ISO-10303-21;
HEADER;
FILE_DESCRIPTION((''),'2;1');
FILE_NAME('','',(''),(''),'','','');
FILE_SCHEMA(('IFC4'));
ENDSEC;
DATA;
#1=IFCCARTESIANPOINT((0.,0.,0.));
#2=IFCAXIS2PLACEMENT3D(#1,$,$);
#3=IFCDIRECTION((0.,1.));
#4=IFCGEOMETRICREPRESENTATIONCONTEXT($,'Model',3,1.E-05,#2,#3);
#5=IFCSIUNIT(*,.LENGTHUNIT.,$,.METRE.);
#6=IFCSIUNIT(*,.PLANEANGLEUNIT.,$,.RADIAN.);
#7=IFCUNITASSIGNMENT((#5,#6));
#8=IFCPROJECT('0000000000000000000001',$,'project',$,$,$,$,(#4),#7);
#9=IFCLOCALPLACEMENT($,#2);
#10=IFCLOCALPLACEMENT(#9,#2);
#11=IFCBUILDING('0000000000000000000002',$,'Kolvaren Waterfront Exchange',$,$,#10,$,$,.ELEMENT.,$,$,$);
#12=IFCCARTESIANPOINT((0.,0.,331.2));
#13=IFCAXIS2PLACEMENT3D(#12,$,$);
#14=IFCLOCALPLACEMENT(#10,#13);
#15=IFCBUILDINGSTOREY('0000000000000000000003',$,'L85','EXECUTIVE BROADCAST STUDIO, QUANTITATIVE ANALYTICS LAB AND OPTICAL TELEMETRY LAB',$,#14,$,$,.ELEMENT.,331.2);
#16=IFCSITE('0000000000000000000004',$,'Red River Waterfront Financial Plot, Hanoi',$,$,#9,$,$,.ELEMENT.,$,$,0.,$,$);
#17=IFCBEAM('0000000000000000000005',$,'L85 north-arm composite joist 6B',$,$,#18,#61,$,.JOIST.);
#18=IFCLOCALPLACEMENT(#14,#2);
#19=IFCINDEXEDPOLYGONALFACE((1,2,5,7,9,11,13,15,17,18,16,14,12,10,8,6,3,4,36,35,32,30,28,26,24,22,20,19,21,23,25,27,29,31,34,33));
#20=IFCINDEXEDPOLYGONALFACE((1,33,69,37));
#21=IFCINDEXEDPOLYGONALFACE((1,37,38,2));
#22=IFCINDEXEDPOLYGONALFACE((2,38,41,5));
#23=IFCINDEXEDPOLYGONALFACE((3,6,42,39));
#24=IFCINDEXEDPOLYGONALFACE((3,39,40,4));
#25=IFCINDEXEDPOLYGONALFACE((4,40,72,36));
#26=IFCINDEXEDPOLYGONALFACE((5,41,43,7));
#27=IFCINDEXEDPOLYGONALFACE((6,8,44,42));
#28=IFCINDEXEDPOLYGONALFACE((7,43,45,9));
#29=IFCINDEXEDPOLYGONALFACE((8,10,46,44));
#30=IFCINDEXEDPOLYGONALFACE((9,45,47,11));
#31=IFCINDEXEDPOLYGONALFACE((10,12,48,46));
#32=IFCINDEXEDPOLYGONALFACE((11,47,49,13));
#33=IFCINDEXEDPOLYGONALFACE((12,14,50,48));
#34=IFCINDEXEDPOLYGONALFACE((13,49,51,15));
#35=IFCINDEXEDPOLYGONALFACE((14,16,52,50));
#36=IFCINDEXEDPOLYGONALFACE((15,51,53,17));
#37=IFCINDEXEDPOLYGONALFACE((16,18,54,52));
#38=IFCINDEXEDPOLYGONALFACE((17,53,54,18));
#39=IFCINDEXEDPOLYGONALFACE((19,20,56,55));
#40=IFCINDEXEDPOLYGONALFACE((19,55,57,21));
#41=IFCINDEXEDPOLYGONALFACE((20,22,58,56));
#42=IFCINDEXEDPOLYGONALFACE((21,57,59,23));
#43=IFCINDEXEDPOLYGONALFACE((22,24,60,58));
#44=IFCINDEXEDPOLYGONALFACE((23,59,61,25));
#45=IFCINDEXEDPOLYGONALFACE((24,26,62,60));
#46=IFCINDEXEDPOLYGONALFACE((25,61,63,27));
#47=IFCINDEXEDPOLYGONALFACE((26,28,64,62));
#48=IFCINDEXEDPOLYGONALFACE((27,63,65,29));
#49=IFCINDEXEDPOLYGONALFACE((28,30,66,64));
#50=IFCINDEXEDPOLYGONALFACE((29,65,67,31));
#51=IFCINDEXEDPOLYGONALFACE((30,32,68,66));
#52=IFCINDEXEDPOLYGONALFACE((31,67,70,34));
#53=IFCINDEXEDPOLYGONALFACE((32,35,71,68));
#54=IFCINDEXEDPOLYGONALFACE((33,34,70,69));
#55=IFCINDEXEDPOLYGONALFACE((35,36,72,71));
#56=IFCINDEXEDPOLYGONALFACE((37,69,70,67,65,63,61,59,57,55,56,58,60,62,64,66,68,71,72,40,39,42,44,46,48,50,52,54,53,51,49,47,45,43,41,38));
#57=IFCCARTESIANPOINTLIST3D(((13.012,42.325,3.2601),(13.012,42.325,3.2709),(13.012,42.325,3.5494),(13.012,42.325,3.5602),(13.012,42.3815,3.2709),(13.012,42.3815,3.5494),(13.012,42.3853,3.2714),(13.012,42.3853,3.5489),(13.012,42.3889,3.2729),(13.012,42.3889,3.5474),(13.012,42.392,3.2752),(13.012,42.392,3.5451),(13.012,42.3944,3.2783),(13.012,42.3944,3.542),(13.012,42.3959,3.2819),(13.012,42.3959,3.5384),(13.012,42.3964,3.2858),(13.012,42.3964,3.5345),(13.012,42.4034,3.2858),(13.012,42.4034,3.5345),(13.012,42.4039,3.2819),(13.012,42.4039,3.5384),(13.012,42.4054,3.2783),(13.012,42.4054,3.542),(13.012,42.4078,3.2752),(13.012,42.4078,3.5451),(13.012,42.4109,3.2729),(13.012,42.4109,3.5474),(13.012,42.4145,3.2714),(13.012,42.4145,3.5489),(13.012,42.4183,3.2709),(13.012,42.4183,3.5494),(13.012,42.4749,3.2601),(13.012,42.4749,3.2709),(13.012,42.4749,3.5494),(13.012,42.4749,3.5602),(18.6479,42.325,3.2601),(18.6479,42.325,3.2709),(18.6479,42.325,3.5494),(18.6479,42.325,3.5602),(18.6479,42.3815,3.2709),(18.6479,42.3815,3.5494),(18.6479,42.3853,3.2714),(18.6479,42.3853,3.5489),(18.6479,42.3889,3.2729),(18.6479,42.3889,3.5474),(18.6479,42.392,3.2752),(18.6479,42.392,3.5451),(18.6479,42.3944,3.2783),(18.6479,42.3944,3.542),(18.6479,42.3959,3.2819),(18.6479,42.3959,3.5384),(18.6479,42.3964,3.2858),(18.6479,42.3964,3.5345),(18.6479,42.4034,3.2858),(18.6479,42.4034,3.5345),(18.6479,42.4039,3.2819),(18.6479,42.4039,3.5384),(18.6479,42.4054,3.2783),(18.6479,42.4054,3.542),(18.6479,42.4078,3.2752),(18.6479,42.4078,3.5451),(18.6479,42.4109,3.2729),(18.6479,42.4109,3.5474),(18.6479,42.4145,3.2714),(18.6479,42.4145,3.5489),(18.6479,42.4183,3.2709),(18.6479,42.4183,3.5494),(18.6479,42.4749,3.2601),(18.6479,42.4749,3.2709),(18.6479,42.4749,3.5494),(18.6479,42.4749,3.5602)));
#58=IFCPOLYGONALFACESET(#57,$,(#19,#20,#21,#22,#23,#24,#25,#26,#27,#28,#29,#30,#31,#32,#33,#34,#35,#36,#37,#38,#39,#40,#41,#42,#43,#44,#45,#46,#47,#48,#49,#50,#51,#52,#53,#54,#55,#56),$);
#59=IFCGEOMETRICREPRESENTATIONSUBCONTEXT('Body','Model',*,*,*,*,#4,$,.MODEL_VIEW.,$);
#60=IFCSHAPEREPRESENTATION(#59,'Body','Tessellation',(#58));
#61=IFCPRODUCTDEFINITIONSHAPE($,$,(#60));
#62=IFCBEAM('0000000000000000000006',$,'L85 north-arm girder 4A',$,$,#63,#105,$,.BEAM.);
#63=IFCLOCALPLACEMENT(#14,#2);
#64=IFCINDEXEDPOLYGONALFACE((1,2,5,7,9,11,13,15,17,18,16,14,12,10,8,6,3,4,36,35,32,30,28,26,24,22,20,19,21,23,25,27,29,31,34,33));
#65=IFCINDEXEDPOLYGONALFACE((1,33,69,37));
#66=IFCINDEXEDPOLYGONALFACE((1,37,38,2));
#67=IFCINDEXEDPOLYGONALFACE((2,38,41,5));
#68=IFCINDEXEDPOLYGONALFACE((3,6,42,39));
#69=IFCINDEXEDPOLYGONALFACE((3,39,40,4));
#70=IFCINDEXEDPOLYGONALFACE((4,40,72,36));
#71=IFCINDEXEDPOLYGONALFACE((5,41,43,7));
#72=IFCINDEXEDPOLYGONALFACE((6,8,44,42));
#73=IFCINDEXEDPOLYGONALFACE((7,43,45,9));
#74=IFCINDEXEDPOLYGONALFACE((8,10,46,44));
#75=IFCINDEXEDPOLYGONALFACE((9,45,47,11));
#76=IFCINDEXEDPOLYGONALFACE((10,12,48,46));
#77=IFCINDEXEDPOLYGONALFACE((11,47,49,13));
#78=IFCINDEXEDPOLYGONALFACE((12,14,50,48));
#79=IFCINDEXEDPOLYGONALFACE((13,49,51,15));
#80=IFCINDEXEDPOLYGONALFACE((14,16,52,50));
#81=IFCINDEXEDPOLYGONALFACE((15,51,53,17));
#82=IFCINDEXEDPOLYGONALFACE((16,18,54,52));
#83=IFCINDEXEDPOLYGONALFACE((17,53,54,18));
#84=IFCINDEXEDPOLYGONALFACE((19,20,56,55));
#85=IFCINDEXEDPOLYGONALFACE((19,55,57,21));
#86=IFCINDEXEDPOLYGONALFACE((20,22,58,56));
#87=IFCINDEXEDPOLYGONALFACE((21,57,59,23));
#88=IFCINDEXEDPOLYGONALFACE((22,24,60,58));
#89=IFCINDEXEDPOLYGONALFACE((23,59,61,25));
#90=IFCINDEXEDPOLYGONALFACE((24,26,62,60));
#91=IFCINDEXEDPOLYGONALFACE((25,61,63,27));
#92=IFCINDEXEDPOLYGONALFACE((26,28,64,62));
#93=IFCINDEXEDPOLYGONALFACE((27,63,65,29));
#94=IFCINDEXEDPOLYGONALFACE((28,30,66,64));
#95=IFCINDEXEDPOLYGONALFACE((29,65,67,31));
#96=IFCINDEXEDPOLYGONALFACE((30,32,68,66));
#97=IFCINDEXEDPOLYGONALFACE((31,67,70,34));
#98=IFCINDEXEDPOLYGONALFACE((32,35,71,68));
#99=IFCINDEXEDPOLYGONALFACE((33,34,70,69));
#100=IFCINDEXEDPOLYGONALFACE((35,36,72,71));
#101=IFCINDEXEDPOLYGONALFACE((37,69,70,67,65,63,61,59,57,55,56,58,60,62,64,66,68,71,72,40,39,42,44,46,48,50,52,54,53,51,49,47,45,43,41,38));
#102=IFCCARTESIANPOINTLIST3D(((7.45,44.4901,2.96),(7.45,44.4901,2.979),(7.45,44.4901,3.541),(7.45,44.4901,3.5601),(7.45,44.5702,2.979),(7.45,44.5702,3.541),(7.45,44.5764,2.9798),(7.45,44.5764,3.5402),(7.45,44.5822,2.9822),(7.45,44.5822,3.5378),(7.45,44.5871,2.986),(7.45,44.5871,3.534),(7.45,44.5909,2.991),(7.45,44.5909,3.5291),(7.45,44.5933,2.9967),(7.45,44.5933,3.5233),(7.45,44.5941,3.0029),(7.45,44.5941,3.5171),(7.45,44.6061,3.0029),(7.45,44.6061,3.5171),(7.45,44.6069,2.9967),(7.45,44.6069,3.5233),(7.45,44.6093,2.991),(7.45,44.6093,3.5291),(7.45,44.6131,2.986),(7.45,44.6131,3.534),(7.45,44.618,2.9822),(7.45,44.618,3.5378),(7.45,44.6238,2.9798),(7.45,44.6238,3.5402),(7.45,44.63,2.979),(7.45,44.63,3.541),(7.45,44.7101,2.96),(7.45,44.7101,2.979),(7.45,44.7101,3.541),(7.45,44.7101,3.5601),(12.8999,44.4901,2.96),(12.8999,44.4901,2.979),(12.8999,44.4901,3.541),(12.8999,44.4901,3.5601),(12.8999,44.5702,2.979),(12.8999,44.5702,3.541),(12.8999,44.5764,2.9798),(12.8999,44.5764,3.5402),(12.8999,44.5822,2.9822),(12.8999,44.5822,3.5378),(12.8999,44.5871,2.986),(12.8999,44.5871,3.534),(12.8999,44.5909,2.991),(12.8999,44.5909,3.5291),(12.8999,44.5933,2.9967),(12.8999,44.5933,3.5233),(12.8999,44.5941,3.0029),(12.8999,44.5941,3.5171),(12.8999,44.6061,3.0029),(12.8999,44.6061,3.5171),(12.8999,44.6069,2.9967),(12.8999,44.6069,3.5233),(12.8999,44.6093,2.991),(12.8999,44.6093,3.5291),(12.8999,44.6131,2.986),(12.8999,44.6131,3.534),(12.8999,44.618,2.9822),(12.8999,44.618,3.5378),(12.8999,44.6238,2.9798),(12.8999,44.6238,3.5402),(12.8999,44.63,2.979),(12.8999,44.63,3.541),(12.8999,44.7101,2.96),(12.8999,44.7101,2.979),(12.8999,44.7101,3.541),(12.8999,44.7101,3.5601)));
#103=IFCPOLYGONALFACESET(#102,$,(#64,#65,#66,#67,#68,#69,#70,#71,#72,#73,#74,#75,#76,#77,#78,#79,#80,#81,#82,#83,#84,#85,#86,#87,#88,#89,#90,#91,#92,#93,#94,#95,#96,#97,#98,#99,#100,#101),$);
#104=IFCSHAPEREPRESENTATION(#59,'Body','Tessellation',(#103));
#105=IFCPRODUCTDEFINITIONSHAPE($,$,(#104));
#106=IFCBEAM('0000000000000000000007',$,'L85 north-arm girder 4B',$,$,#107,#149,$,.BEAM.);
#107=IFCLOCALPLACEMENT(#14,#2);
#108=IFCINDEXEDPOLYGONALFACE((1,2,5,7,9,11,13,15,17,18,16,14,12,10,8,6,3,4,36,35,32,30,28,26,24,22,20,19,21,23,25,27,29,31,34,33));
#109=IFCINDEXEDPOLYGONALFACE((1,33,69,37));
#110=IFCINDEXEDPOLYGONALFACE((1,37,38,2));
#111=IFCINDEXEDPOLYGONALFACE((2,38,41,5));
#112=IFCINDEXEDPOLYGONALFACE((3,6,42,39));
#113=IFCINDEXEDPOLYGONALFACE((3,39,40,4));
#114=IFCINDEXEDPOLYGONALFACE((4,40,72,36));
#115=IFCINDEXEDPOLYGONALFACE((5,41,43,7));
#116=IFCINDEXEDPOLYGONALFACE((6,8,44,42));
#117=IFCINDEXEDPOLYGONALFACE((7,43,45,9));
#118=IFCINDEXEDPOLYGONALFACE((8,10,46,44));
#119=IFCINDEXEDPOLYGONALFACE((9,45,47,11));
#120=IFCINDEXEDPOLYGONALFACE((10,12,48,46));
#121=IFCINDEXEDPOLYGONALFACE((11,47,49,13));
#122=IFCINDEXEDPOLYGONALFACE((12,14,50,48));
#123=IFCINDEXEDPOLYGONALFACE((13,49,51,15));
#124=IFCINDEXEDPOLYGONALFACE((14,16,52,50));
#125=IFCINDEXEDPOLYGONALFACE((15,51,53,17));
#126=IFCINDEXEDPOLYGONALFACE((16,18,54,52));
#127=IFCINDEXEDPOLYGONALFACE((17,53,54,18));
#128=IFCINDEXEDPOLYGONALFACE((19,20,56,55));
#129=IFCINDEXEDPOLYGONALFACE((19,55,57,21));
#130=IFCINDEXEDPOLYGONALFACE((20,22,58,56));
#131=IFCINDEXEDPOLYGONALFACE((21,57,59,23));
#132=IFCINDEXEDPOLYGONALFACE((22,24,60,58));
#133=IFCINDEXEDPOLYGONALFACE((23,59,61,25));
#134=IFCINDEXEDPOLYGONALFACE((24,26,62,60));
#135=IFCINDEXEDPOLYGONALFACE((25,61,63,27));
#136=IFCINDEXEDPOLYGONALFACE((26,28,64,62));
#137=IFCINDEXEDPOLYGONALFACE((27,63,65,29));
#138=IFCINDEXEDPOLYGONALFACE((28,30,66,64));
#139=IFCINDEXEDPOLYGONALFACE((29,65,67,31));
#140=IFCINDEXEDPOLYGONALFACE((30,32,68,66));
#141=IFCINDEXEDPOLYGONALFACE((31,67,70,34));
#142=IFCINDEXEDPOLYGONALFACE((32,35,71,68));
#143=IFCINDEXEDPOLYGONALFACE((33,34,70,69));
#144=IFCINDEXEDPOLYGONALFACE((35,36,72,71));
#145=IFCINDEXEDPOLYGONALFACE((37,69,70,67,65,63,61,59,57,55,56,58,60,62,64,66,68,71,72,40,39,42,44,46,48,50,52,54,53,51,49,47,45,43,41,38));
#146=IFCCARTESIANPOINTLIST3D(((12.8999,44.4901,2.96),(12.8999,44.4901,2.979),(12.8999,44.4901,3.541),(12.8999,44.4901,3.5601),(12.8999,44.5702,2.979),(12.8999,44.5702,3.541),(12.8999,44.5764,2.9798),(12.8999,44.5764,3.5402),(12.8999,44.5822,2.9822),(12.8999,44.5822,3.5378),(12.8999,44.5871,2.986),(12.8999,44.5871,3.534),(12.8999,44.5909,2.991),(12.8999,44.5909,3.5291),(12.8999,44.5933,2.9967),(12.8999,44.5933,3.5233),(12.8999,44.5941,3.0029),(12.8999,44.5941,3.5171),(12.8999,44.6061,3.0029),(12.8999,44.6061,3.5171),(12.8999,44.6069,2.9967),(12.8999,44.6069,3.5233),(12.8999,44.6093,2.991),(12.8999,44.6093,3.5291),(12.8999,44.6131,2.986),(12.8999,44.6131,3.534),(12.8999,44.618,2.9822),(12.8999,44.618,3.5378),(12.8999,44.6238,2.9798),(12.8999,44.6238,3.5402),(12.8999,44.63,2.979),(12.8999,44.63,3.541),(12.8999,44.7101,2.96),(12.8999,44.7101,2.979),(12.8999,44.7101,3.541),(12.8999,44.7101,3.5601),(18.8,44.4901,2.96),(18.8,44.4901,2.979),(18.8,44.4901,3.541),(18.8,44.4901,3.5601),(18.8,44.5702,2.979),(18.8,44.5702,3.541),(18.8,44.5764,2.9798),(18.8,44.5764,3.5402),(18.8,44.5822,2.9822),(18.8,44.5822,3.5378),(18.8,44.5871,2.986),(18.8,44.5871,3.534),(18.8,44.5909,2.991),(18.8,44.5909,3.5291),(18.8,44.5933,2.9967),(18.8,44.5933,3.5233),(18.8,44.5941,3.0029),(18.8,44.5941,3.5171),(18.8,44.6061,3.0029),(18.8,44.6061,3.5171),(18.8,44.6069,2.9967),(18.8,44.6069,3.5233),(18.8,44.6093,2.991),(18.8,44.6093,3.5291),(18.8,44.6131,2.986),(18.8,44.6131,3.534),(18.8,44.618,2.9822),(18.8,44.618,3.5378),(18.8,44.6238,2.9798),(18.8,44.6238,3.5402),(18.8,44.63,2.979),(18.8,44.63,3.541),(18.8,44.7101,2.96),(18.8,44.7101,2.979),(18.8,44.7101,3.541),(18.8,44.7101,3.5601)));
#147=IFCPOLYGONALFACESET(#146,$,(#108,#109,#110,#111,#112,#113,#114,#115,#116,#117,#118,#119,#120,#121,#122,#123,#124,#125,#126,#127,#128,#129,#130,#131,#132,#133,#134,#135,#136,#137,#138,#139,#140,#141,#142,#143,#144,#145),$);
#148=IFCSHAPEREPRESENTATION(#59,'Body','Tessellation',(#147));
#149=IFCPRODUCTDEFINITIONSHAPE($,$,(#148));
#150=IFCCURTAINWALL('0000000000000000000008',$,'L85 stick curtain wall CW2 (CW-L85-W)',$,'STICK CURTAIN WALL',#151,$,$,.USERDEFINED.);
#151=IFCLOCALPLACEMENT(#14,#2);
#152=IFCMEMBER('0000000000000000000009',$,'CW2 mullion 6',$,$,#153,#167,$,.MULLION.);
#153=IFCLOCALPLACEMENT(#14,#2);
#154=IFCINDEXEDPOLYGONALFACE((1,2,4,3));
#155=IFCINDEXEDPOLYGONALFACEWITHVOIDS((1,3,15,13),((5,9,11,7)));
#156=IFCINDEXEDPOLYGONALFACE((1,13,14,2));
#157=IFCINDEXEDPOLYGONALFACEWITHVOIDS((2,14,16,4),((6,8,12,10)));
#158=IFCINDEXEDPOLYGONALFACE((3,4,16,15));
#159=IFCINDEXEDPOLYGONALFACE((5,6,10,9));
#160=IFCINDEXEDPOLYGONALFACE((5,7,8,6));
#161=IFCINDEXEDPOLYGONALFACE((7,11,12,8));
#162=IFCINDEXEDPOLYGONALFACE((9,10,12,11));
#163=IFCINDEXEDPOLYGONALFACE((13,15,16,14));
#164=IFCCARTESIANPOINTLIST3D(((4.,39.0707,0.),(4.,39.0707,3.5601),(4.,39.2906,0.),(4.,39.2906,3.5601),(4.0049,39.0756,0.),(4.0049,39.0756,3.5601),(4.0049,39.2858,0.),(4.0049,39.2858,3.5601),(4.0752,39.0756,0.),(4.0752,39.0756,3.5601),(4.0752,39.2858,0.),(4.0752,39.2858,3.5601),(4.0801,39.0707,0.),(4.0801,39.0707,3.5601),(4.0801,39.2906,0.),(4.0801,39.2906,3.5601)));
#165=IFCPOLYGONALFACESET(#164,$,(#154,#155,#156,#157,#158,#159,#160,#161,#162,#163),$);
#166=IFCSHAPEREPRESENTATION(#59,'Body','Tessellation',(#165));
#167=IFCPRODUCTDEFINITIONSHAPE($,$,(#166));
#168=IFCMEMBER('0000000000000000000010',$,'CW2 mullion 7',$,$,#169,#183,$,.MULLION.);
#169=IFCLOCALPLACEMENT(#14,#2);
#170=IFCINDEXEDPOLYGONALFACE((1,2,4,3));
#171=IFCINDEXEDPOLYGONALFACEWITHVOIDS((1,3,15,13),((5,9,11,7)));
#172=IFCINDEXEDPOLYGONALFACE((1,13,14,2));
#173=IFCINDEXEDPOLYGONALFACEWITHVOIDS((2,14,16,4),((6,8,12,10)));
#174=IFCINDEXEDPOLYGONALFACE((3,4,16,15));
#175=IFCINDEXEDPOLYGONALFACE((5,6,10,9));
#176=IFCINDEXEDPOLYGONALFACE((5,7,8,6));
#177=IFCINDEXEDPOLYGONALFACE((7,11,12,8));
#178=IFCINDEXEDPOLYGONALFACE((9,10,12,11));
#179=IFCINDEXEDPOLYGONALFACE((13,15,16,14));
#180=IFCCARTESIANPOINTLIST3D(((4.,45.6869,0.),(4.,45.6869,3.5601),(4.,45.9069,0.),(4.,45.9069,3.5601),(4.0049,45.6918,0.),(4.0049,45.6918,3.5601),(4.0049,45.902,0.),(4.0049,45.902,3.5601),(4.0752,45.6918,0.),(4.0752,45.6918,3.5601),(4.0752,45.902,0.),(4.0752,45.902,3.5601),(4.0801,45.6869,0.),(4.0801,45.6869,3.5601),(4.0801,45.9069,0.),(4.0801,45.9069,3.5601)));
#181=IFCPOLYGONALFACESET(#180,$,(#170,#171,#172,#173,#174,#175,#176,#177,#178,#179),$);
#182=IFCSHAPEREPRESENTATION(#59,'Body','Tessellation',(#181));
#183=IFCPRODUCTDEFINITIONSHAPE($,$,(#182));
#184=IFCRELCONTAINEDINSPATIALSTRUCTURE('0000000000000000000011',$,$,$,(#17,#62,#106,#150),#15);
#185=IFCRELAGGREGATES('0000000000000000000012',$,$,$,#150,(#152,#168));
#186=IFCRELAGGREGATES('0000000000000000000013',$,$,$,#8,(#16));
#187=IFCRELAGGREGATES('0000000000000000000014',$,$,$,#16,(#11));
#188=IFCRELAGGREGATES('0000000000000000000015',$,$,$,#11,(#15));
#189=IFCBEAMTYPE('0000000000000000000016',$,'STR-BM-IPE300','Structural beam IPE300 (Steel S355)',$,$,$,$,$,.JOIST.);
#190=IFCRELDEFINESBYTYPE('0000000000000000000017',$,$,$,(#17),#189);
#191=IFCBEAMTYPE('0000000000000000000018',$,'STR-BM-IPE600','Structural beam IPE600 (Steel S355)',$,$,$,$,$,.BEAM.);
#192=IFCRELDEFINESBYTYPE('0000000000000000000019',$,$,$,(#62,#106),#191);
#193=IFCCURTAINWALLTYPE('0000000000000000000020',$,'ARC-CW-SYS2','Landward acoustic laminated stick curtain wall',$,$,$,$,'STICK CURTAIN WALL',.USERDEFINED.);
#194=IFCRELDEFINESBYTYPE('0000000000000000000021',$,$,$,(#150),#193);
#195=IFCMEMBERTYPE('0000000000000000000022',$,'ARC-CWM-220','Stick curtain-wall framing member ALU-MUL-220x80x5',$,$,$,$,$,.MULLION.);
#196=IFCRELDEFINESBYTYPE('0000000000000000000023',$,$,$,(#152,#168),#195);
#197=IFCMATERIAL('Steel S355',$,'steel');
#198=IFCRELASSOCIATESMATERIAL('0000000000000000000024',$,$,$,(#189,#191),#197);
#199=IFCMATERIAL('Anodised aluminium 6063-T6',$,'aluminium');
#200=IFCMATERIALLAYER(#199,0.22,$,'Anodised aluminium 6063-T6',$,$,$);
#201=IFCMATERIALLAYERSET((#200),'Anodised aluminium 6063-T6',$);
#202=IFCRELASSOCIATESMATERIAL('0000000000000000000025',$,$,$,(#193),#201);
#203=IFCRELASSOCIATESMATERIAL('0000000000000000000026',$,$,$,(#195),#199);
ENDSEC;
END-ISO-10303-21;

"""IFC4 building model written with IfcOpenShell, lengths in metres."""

from ifc_helpers import new_model, si_unit, direction, frame, origin, origin_with_axes, origin_2d, place, context, subcontext, project, spatial, hollow_rectangle, i_section, extrude, source, transform, mapped, material, layer, layer_set, material_profile, profile_set, type_object, element, aggregate, save


model = new_model("IFC4")

# Units and contexts
model_context = context("Model", 3, precision=1e-05, world=origin(), true_north=direction((0.0, 1.0)))
body_context = subcontext(model_context, "Body", "Model", "MODEL_VIEW")
ifc_project = project(units=[si_unit("LENGTHUNIT", "METRE"), si_unit("PLANEANGLEUNIT", "RADIAN")], contexts=[model_context])

# Site, building, storey
site_placement = place(None, origin())
site = spatial("IfcSite", under=ifc_project, at=site_placement, Name="Red River Waterfront Financial Plot, Hanoi", CompositionType="ELEMENT", RefElevation=0.0)
building_placement = place(site_placement, origin())
building = spatial("IfcBuilding", under=site, at=building_placement, Name="Kolvaren Waterfront Exchange", CompositionType="ELEMENT")
storey_placement = place(building_placement, frame((0.0, 0.0, 331.2)))
storey = spatial("IfcBuildingStorey", under=building, at=storey_placement, Name="L85", Description="EXECUTIVE BROADCAST STUDIO, QUANTITATIVE ANALYTICS LAB AND OPTICAL TELEMETRY LAB", CompositionType="ELEMENT", Elevation=331.2)

# Beams
ifc_material_1 = material(Name="Steel S355", Category="steel")
ifc_material_profile_1 = material_profile(ifc_material_1, i_section(OverallWidth=0.1499, OverallDepth=0.3, WebThickness=0.0071, FlangeThickness=0.0107, FilletRadius=0.0149, at=origin_2d()), Name="IPE300")
ifc_profile_set_1 = profile_set([ifc_material_profile_1], Name="Steel S355")
beam_type_1 = type_object("IfcBeamType", Name="STR-BM-IPE300", Description="Structural beam IPE300 (Steel S355)", PredefinedType="JOIST", material=ifc_profile_set_1)
beam_1_placement = place(storey_placement, frame((13.012, 42.3999, 3.4102), z_axis=(1.0, 0.0, 0.0), x_axis=(0.0, 1.0, 0.0)))
element("IfcBeam", 1, at=beam_1_placement, inside=storey, type_object=beam_type_1, Name="L85 north-arm composite joist 6B", PredefinedType="JOIST", context=body_context, shape_type="SweptSolid", body=[
    extrude(i_section(OverallWidth=0.1499, OverallDepth=0.3, WebThickness=0.0071, FlangeThickness=0.0107, FilletRadius=0.0149, at=origin_2d()), origin(), (0.0, 0.0, 1.0), 5.636),
])
ifc_material_profile_2 = material_profile(ifc_material_1, i_section(OverallWidth=0.22, OverallDepth=0.6001, WebThickness=0.012, FlangeThickness=0.019, FilletRadius=0.0239, at=origin_2d()), Name="IPE600")
ifc_profile_set_2 = profile_set([ifc_material_profile_2], Name="Steel S355")
beam_type_2 = type_object("IfcBeamType", Name="STR-BM-IPE600", Description="Structural beam IPE600 (Steel S355)", PredefinedType="BEAM", material=ifc_profile_set_2)
beam_2_placement = place(storey_placement, frame((7.45, 44.6001, 3.26), z_axis=(1.0, 0.0, 0.0), x_axis=(0.0, 1.0, 0.0)))
element("IfcBeam", 2, at=beam_2_placement, inside=storey, type_object=beam_type_2, Name="L85 north-arm girder 4A", PredefinedType="BEAM", context=body_context, shape_type="SweptSolid", body=[
    extrude(i_section(OverallWidth=0.22, OverallDepth=0.6001, WebThickness=0.012, FlangeThickness=0.019, FilletRadius=0.0239, at=origin_2d()), origin(), (0.0, 0.0, 1.0), 5.45),
])
beam_3_placement = place(storey_placement, frame((12.8999, 44.6001, 3.26), z_axis=(1.0, 0.0, 0.0), x_axis=(0.0, 1.0, 0.0)))
element("IfcBeam", 3, at=beam_3_placement, inside=storey, type_object=beam_type_2, Name="L85 north-arm girder 4B", PredefinedType="BEAM", context=body_context, shape_type="SweptSolid", body=[
    extrude(i_section(OverallWidth=0.22, OverallDepth=0.6001, WebThickness=0.012, FlangeThickness=0.019, FilletRadius=0.0239, at=origin_2d()), origin(), (0.0, 0.0, 1.0), 5.9001),
])

# Curtain wall, members
ifc_material_2 = material(Name="Anodised aluminium 6063-T6", Category="aluminium")
ifc_layer_1 = layer(ifc_material_2, 0.22, Name="Anodised aluminium 6063-T6")
ifc_layer_set_1 = layer_set([ifc_layer_1], Name="Anodised aluminium 6063-T6")
curtain_wall_type = type_object("IfcCurtainWallType", Name="ARC-CW-SYS2", Description="Landward acoustic laminated stick curtain wall", ElementType="STICK CURTAIN WALL", PredefinedType="USERDEFINED", material=ifc_layer_set_1)
curtain_wall_placement = place(storey_placement, origin())
curtain_wall = element("IfcCurtainWall", 4, at=curtain_wall_placement, inside=storey, type_object=curtain_wall_type, Name="L85 stick curtain wall CW2 (CW-L85-W)", ObjectType="STICK CURTAIN WALL", PredefinedType="USERDEFINED")
ifc_material_profile_3 = material_profile(ifc_material_2, hollow_rectangle(XDim=0.0801, YDim=0.22, WallThickness=0.0049, at=origin_2d()), Name="ALU-MUL-220x80x5")
ifc_profile_set_3 = profile_set([ifc_material_profile_3], Name="Anodised aluminium 6063-T6")
member_type_1 = type_object("IfcMemberType", Name="ARC-CWM-220", Description="Stick curtain-wall framing member ALU-MUL-220x80x5", PredefinedType="MULLION", material=ifc_profile_set_3)
shared_shape_1 = source(origin_with_axes(), body_context, "Body", "SweptSolid", [
    extrude(hollow_rectangle(XDim=0.0801, YDim=0.22, WallThickness=0.0049, at=origin_2d()), origin(), (0.0, 0.0, 1.0), 3.5601),
])
member_1_placement = place(storey_placement, frame((4.04, 39.1807, 0.0), z_axis=(0.0, 0.0, 1.0), x_axis=(-1.0, 0.0, 0.0)))
member_1 = element("IfcMember", 5, at=member_1_placement, type_object=member_type_1, Name="CW2 mullion 6", PredefinedType="MULLION", context=body_context, shape_type="MappedRepresentation", body=[
    mapped(shared_shape_1, transform((0.0, 0.0, 0.0), x_axis=(1.0, 0.0, 0.0), y_axis=(0.0, 1.0, 0.0), z_axis=(0.0, 0.0, 1.0), scale=1.0)),
])
member_2_placement = place(storey_placement, frame((4.04, 45.7969, 0.0), z_axis=(0.0, 0.0, 1.0), x_axis=(-1.0, 0.0, 0.0)))
member_2 = element("IfcMember", 6, at=member_2_placement, type_object=member_type_1, Name="CW2 mullion 7", PredefinedType="MULLION", context=body_context, shape_type="MappedRepresentation", body=[
    mapped(shared_shape_1, transform((0.0, 0.0, 0.0), x_axis=(1.0, 0.0, 0.0), y_axis=(0.0, 1.0, 0.0), z_axis=(0.0, 0.0, 1.0), scale=1.0)),
])
aggregate(curtain_wall, [member_1, member_2])

save(model, "model.ifc")
